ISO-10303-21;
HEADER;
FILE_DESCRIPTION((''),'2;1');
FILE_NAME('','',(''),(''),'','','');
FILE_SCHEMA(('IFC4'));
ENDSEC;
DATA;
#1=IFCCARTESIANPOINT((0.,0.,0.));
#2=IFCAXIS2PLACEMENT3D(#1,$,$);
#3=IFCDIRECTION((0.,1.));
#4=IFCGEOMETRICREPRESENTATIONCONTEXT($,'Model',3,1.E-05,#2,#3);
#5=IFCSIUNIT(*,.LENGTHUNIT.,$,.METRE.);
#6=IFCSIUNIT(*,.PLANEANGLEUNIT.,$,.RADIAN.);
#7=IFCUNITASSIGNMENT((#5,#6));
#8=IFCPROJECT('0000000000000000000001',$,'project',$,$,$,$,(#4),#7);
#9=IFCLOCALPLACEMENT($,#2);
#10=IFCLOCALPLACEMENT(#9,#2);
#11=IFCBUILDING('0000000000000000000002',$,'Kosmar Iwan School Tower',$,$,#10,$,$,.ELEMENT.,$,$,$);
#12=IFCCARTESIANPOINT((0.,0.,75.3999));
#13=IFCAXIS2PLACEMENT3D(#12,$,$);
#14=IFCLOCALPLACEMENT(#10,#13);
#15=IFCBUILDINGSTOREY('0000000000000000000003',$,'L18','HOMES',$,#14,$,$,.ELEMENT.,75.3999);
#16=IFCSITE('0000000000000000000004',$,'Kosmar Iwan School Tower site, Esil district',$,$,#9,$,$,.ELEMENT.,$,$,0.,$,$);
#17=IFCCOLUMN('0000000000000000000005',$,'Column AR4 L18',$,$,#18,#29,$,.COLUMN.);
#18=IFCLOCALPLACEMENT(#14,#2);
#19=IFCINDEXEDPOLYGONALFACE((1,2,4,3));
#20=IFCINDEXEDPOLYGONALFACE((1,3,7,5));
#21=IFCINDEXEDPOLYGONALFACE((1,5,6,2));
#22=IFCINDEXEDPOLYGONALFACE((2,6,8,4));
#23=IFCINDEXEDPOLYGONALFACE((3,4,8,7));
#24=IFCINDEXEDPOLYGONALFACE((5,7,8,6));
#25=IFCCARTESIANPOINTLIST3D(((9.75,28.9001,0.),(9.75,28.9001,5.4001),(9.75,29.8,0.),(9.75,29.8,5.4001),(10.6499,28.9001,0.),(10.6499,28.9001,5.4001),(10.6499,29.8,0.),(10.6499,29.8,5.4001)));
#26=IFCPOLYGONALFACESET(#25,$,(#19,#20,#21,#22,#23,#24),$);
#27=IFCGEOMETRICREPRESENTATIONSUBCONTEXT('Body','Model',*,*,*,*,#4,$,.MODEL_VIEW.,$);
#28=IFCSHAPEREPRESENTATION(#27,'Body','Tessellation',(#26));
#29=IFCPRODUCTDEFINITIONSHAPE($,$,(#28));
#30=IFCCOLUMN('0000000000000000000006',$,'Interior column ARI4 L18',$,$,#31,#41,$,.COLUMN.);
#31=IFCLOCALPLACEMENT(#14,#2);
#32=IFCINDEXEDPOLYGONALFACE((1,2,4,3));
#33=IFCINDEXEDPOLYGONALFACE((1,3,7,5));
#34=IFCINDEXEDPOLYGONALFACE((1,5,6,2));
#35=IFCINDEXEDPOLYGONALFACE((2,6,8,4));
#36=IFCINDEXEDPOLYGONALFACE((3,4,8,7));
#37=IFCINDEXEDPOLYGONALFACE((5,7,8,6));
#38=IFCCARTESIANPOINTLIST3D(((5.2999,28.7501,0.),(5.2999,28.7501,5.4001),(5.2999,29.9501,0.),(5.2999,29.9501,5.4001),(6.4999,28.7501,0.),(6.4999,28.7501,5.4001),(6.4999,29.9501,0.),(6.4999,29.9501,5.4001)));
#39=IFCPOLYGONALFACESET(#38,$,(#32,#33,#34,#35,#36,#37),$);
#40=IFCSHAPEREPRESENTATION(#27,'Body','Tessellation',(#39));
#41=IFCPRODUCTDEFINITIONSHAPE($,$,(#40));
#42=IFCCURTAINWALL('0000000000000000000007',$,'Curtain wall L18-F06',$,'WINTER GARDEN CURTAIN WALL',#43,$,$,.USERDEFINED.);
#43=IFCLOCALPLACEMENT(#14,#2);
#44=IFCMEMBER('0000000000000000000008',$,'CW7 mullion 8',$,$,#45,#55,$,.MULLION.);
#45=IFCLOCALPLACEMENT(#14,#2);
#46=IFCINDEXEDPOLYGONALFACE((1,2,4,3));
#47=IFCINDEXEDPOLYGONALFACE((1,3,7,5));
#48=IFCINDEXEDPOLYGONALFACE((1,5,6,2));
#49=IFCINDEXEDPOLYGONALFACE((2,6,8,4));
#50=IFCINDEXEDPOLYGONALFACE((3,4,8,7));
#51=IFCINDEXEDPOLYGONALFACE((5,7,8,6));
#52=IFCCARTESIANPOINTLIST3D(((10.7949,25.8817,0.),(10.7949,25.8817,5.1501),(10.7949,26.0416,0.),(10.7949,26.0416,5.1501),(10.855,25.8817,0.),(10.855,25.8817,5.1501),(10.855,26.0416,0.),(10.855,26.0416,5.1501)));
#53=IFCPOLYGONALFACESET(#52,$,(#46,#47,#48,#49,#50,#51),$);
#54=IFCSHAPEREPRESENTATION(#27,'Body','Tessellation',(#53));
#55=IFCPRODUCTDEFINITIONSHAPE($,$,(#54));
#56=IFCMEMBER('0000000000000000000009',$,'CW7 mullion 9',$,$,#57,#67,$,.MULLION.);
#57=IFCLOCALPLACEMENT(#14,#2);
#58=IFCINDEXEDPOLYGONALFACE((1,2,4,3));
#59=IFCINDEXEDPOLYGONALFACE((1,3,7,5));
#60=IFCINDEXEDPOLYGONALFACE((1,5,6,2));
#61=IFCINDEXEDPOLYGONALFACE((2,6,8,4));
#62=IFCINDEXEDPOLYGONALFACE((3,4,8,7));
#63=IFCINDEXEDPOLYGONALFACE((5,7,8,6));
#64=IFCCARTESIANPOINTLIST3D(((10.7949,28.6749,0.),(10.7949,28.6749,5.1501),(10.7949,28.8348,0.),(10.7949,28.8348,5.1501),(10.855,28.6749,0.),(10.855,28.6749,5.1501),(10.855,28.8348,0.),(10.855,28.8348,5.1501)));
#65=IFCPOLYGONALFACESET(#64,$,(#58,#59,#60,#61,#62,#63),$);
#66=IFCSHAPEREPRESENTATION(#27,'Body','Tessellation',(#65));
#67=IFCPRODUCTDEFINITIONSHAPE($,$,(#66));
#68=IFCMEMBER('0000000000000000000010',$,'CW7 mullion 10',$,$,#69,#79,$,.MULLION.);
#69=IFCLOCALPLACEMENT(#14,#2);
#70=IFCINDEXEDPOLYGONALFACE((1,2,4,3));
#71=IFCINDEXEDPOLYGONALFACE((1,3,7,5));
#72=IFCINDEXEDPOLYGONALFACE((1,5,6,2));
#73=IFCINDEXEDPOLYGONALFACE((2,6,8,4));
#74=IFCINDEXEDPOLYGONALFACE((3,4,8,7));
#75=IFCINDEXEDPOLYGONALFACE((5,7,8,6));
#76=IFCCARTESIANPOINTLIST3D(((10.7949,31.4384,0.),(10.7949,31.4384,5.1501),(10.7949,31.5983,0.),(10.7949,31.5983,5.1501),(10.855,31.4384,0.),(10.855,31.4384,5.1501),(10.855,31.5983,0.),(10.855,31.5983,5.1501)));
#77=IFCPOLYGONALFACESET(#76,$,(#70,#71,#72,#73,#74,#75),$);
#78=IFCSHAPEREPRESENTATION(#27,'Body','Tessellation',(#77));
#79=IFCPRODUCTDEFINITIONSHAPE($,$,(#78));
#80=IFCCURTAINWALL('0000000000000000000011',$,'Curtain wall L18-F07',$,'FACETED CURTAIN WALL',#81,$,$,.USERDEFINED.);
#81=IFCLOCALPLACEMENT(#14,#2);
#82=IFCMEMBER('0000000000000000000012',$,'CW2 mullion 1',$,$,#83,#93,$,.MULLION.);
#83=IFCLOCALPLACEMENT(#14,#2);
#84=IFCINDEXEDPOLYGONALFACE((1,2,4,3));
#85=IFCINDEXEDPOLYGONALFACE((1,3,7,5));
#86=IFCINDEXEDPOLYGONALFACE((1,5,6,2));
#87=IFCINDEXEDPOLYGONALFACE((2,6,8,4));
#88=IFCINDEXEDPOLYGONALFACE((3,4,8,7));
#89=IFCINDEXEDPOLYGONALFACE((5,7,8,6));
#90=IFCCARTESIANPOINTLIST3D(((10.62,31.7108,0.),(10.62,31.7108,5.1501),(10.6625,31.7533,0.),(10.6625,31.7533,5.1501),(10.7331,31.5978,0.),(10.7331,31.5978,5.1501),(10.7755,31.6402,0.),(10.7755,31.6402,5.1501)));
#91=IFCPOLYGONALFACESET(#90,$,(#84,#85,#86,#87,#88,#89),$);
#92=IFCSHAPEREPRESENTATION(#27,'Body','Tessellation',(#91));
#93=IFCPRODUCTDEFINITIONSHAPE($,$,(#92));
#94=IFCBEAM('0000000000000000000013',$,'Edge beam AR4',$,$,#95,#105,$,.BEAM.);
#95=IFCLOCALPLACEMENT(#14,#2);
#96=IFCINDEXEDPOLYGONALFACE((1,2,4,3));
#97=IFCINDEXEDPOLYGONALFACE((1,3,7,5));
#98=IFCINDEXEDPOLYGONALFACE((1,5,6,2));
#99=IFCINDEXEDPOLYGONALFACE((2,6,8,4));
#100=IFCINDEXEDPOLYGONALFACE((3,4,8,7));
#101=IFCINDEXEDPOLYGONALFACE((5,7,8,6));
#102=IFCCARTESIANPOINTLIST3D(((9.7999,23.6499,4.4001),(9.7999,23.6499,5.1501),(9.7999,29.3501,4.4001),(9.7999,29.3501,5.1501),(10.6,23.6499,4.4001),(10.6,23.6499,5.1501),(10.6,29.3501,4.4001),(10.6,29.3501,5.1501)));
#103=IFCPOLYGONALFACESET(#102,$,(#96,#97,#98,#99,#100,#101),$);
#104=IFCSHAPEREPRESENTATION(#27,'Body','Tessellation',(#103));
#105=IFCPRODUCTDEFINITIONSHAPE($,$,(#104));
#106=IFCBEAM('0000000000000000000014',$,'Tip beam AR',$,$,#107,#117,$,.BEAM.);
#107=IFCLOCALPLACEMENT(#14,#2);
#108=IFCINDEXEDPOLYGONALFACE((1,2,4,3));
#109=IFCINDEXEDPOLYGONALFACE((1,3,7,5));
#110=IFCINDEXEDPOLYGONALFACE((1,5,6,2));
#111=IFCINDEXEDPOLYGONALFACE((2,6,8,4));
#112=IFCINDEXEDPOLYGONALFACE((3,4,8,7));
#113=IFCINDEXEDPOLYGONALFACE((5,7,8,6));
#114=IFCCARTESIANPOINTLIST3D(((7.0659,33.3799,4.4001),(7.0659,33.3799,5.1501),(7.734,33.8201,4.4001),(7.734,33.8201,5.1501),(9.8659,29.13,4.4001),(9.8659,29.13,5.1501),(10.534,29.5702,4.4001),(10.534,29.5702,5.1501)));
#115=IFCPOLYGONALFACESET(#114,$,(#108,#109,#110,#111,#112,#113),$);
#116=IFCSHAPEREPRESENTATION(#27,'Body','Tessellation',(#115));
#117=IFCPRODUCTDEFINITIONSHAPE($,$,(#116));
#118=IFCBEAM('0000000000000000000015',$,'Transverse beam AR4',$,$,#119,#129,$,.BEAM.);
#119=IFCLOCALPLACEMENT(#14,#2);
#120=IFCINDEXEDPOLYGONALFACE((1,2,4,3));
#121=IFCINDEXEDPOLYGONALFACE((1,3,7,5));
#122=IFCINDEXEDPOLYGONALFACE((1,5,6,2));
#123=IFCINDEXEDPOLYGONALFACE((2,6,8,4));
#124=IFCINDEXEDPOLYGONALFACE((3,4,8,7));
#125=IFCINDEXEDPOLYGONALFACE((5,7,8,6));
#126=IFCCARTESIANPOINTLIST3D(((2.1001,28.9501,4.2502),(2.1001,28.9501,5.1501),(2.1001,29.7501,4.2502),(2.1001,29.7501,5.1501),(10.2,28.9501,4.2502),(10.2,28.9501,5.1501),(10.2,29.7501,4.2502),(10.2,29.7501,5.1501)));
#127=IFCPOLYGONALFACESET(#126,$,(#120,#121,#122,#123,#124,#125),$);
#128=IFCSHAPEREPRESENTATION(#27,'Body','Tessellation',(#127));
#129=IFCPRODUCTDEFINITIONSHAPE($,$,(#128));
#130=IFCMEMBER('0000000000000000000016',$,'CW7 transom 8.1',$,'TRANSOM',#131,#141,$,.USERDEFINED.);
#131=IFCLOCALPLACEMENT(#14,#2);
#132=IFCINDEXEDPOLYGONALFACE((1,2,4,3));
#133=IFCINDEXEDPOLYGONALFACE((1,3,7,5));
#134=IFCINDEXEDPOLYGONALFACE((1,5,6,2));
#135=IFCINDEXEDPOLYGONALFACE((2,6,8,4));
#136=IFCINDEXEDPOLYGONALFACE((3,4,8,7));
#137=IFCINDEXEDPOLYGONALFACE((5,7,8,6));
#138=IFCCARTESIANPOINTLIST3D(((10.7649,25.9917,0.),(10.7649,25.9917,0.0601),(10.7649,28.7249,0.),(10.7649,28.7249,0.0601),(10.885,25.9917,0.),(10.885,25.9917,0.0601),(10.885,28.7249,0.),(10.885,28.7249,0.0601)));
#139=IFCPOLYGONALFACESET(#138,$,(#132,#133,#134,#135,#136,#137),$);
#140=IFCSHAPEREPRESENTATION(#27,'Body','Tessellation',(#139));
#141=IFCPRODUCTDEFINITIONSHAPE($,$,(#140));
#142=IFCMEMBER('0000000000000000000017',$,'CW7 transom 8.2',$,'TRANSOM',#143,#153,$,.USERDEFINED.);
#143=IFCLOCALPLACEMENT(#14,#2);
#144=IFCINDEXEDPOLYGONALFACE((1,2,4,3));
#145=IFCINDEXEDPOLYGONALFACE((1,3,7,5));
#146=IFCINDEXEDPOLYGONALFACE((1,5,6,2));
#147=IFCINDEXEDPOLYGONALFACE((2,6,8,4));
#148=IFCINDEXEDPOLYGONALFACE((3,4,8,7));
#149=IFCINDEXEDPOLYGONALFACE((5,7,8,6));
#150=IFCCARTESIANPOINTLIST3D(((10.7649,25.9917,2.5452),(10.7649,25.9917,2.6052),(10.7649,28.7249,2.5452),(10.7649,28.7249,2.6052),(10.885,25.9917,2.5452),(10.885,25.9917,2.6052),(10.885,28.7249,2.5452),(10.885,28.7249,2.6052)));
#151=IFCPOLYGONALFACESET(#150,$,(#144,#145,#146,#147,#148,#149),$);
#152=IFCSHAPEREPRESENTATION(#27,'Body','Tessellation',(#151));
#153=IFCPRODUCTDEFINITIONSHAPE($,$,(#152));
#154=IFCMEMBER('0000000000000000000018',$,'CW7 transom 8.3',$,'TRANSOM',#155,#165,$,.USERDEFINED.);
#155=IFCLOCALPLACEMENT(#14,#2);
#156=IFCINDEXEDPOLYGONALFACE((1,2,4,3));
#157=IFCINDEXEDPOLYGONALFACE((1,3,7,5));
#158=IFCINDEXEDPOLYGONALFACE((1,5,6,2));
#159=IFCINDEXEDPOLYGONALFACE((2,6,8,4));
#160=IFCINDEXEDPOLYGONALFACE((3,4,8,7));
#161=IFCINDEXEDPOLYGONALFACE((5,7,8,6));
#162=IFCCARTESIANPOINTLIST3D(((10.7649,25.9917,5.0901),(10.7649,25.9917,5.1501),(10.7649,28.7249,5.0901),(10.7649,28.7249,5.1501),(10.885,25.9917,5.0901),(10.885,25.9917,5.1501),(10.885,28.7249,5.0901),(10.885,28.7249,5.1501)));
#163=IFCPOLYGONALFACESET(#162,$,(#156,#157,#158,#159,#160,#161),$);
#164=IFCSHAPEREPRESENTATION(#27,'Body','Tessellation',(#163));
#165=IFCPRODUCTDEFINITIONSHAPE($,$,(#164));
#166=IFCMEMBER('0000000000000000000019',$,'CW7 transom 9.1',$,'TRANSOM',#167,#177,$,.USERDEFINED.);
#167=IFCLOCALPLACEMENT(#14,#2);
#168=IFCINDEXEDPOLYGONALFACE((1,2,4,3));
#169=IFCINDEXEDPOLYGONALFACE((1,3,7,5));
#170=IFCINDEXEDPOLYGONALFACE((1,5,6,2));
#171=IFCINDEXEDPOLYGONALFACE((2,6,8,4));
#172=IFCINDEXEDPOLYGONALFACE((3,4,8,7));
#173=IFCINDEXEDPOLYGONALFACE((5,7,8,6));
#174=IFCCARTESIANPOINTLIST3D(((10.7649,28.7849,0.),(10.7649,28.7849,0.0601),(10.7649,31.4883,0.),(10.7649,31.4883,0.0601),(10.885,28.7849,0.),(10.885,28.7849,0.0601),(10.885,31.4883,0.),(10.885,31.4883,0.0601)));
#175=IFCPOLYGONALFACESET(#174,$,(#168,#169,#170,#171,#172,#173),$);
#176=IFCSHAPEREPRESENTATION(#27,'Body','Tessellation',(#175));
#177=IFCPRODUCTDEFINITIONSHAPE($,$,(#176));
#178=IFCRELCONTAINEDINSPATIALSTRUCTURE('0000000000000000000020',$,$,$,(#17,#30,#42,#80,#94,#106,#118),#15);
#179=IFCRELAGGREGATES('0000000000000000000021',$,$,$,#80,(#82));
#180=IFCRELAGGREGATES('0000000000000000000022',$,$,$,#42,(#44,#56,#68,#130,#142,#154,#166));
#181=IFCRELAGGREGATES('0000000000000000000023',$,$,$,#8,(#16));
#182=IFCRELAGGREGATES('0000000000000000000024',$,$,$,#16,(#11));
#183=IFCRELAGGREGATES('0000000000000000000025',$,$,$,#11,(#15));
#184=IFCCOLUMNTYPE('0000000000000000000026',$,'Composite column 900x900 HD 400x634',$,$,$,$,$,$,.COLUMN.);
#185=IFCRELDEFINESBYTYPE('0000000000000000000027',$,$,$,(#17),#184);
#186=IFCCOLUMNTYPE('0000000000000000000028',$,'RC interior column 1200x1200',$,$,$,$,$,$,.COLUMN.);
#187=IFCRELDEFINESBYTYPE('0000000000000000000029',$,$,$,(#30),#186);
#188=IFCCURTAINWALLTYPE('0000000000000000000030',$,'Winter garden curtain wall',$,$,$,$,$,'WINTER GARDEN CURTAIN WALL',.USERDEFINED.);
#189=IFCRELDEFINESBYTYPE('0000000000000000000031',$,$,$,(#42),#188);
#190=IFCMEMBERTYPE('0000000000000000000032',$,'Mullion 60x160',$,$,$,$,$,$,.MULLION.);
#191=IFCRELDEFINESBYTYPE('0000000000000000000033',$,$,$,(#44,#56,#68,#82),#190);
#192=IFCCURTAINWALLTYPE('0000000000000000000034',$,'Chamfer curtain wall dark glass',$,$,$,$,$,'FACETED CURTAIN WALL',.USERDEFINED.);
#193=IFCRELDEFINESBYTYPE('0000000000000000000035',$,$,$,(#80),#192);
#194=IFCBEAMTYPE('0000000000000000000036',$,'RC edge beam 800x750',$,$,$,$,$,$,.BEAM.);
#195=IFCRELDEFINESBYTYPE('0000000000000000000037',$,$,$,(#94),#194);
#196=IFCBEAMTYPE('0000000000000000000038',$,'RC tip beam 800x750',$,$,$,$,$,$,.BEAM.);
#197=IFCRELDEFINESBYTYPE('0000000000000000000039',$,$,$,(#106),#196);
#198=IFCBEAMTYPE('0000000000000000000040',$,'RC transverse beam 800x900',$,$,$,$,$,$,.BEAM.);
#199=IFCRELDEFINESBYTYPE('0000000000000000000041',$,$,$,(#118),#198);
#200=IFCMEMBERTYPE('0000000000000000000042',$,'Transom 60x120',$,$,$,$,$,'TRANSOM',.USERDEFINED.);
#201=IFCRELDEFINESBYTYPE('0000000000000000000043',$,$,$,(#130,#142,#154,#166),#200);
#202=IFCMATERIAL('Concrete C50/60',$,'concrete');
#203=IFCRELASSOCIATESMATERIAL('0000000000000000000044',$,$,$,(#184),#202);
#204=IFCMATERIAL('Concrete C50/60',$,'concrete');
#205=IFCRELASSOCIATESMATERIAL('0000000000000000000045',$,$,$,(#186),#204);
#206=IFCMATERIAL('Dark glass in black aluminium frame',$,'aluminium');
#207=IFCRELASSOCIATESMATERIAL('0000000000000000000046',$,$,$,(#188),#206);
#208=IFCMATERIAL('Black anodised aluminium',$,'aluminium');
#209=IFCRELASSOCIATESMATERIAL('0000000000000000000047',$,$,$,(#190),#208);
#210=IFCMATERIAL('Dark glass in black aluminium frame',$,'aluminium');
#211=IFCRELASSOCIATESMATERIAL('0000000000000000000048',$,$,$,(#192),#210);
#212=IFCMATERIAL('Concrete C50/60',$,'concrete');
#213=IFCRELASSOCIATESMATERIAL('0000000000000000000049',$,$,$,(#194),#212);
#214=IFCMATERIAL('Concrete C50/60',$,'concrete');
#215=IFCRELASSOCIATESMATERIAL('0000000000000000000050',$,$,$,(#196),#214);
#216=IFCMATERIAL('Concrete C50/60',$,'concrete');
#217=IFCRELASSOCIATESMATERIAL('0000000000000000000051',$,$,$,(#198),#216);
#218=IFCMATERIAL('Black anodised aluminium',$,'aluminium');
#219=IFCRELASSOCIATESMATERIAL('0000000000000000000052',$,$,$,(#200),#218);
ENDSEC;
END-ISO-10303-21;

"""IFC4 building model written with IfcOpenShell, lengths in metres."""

from ifc_helpers import new_model, si_unit, direction, frame, origin, origin_2d, place, context, subcontext, project, spatial, rectangle, extrude, material, material_profile, profile_set, type_object, element, aggregate, save


model = new_model("IFC4")

# Units and contexts
model_context = context("Model", 3, precision=1e-05, world=origin(), true_north=direction((0.0, 1.0)))
body_context = subcontext(model_context, "Body", "Model", "MODEL_VIEW")
ifc_project = project(units=[si_unit("LENGTHUNIT", "METRE"), si_unit("PLANEANGLEUNIT", "RADIAN")], contexts=[model_context])

# Site, building, storey
site_placement = place(None, origin())
site = spatial("IfcSite", under=ifc_project, at=site_placement, Name="Kosmar Iwan School Tower site, Esil district", CompositionType="ELEMENT", RefElevation=0.0)
building_placement = place(site_placement, origin())
building = spatial("IfcBuilding", under=site, at=building_placement, Name="Kosmar Iwan School Tower", CompositionType="ELEMENT")
storey_placement = place(building_placement, frame((0.0, 0.0, 75.3999)))
storey = spatial("IfcBuildingStorey", under=building, at=storey_placement, Name="L18", Description="HOMES", CompositionType="ELEMENT", Elevation=75.3999)

# Columns
ifc_material_1 = material(Name="Concrete C50/60", Category="concrete")
ifc_material_profile_1 = material_profile(ifc_material_1, rectangle(XDim=0.8999, YDim=0.8999, at=origin_2d()), Name="RC 900x900 + HD 400x634")
ifc_profile_set_1 = profile_set([ifc_material_profile_1], Name="Concrete C50/60")
column_type_1 = type_object("IfcColumnType", Name="Composite column 900x900 HD 400x634", PredefinedType="COLUMN", material=ifc_profile_set_1)
column_1_placement = place(storey_placement, frame((10.2, 29.3501, 0.0), z_axis=(0.0, 0.0, 1.0), x_axis=(0.0, 1.0, 0.0)))
element("IfcColumn", 1, at=column_1_placement, inside=storey, type_object=column_type_1, Name="Column AR4 L18", PredefinedType="COLUMN", context=body_context, shape_type="SweptSolid", body=[
    extrude(rectangle(XDim=0.8999, YDim=0.8999, at=origin_2d()), origin(), (0.0, 0.0, 1.0), 5.4001),
])
ifc_material_2 = material(Name="Concrete C50/60", Category="concrete")
ifc_material_profile_2 = material_profile(ifc_material_2, rectangle(XDim=1.2, YDim=1.2, at=origin_2d()), Name="RC 1200x1200")
ifc_profile_set_2 = profile_set([ifc_material_profile_2], Name="Concrete C50/60")
column_type_2 = type_object("IfcColumnType", Name="RC interior column 1200x1200", PredefinedType="COLUMN", material=ifc_profile_set_2)
column_2_placement = place(storey_placement, frame((5.8999, 29.3501, 0.0), z_axis=(0.0, 0.0, 1.0), x_axis=(0.0, 1.0, 0.0)))
element("IfcColumn", 2, at=column_2_placement, inside=storey, type_object=column_type_2, Name="Interior column ARI4 L18", PredefinedType="COLUMN", context=body_context, shape_type="SweptSolid", body=[
    extrude(rectangle(XDim=1.2, YDim=1.2, at=origin_2d()), origin(), (0.0, 0.0, 1.0), 5.4001),
])

# Curtain wall, members
ifc_material_3 = material(Name="Dark glass in black aluminium frame", Category="aluminium")
curtain_wall_type_1 = type_object("IfcCurtainWallType", Name="Winter garden curtain wall", ElementType="WINTER GARDEN CURTAIN WALL", PredefinedType="USERDEFINED", material=ifc_material_3)
curtain_wall_1_placement = place(storey_placement, origin())
curtain_wall_1 = element("IfcCurtainWall", 3, at=curtain_wall_1_placement, inside=storey, type_object=curtain_wall_type_1, Name="Curtain wall L18-F06", ObjectType="WINTER GARDEN CURTAIN WALL", PredefinedType="USERDEFINED")
ifc_material_4 = material(Name="Black anodised aluminium", Category="aluminium")
ifc_material_profile_3 = material_profile(ifc_material_4, rectangle(XDim=0.0601, YDim=0.1599, at=origin_2d()), Name="MULLION 60x160")
ifc_profile_set_3 = profile_set([ifc_material_profile_3], Name="Black anodised aluminium")
member_type_1 = type_object("IfcMemberType", Name="Mullion 60x160", PredefinedType="MULLION", material=ifc_profile_set_3)
member_1_placement = place(storey_placement, frame((10.825, 25.9617, 0.0), z_axis=(0.0, 0.0, 1.0), x_axis=(-1.0, 0.0, 0.0)))
member_1 = element("IfcMember", 4, at=member_1_placement, type_object=member_type_1, Name="CW7 mullion 8", PredefinedType="MULLION", context=body_context, shape_type="SweptSolid", body=[
    extrude(rectangle(XDim=0.0601, YDim=0.1599, at=origin_2d()), origin(), (0.0, 0.0, 1.0), 5.1501),
])
member_2_placement = place(storey_placement, frame((10.825, 28.7549, 0.0), z_axis=(0.0, 0.0, 1.0), x_axis=(-1.0, 0.0, 0.0)))
member_2 = element("IfcMember", 5, at=member_2_placement, type_object=member_type_1, Name="CW7 mullion 9", PredefinedType="MULLION", context=body_context, shape_type="SweptSolid", body=[
    extrude(rectangle(XDim=0.0601, YDim=0.1599, at=origin_2d()), origin(), (0.0, 0.0, 1.0), 5.1501),
])
member_3_placement = place(storey_placement, frame((10.825, 31.5183, 0.0), z_axis=(0.0, 0.0, 1.0), x_axis=(-1.0, 0.0, 0.0)))
member_3 = element("IfcMember", 6, at=member_3_placement, type_object=member_type_1, Name="CW7 mullion 10", PredefinedType="MULLION", context=body_context, shape_type="SweptSolid", body=[
    extrude(rectangle(XDim=0.0601, YDim=0.1599, at=origin_2d()), origin(), (0.0, 0.0, 1.0), 5.1501),
])

# Curtain wall, member
ifc_material_5 = material(Name="Dark glass in black aluminium frame", Category="aluminium")
curtain_wall_type_2 = type_object("IfcCurtainWallType", Name="Chamfer curtain wall dark glass", ElementType="FACETED CURTAIN WALL", PredefinedType="USERDEFINED", material=ifc_material_5)
curtain_wall_2_placement = place(storey_placement, origin())
curtain_wall_2 = element("IfcCurtainWall", 7, at=curtain_wall_2_placement, inside=storey, type_object=curtain_wall_type_2, Name="Curtain wall L18-F07", ObjectType="FACETED CURTAIN WALL", PredefinedType="USERDEFINED")
member_4_placement = place(storey_placement, frame((10.6978, 31.6755, 0.0), z_axis=(0.0, 0.0, 1.0), x_axis=(-0.707107, -0.707107, 0.0)))
member_4 = element("IfcMember", 8, at=member_4_placement, type_object=member_type_1, Name="CW2 mullion 1", PredefinedType="MULLION", context=body_context, shape_type="SweptSolid", body=[
    extrude(rectangle(XDim=0.0601, YDim=0.1599, at=origin_2d()), origin(), (0.0, 0.0, 1.0), 5.1501),
])

# Beams
ifc_material_6 = material(Name="Concrete C50/60", Category="concrete")
ifc_material_profile_4 = material_profile(ifc_material_6, rectangle(XDim=0.8, YDim=0.75, at=origin_2d()), Name="RC 800x750")
ifc_profile_set_4 = profile_set([ifc_material_profile_4], Name="Concrete C50/60")
beam_type_1 = type_object("IfcBeamType", Name="RC edge beam 800x750", PredefinedType="BEAM", material=ifc_profile_set_4)
beam_1_placement = place(storey_placement, frame((10.2, 23.6499, 4.7751), z_axis=(0.0, 1.0, 0.0), x_axis=(-1.0, 0.0, 0.0)))
element("IfcBeam", 9, at=beam_1_placement, inside=storey, type_object=beam_type_1, Name="Edge beam AR4", PredefinedType="BEAM", context=body_context, shape_type="SweptSolid", body=[
    extrude(rectangle(XDim=0.8, YDim=0.75, at=origin_2d()), origin(), (0.0, 0.0, 1.0), 5.7002),
])
ifc_material_7 = material(Name="Concrete C50/60", Category="concrete")
ifc_material_profile_5 = material_profile(ifc_material_7, rectangle(XDim=0.8, YDim=0.75, at=origin_2d()), Name="RC 800x750")
ifc_profile_set_5 = profile_set([ifc_material_profile_5], Name="Concrete C50/60")
beam_type_2 = type_object("IfcBeamType", Name="RC tip beam 800x750", PredefinedType="BEAM", material=ifc_profile_set_5)
beam_2_placement = place(storey_placement, frame((10.2, 29.3501, 4.7751), z_axis=(-0.550164, 0.835056, 0.0), x_axis=(-0.835056, -0.550164, 0.0)))
element("IfcBeam", 10, at=beam_2_placement, inside=storey, type_object=beam_type_2, Name="Tip beam AR", PredefinedType="BEAM", context=body_context, shape_type="SweptSolid", body=[
    extrude(rectangle(XDim=0.8, YDim=0.75, at=origin_2d()), origin(), (0.0, 0.0, 1.0), 5.0894),
])
ifc_material_8 = material(Name="Concrete C50/60", Category="concrete")
ifc_material_profile_6 = material_profile(ifc_material_8, rectangle(XDim=0.8, YDim=0.8999, at=origin_2d()), Name="RC 800x900")
ifc_profile_set_6 = profile_set([ifc_material_profile_6], Name="Concrete C50/60")
beam_type_3 = type_object("IfcBeamType", Name="RC transverse beam 800x900", PredefinedType="BEAM", material=ifc_profile_set_6)
beam_3_placement = place(storey_placement, frame((10.2, 29.3501, 4.7002), z_axis=(-1.0, 0.0, 0.0), x_axis=(0.0, -1.0, 0.0)))
element("IfcBeam", 11, at=beam_3_placement, inside=storey, type_object=beam_type_3, Name="Transverse beam AR4", PredefinedType="BEAM", context=body_context, shape_type="SweptSolid", body=[
    extrude(rectangle(XDim=0.8, YDim=0.8999, at=origin_2d()), origin(), (0.0, 0.0, 1.0), 8.0999),
])

# Members
ifc_material_9 = material(Name="Black anodised aluminium", Category="aluminium")
ifc_material_profile_7 = material_profile(ifc_material_9, rectangle(XDim=0.1201, YDim=0.0601, at=origin_2d()), Name="TRANSOM 60x120")
ifc_profile_set_7 = profile_set([ifc_material_profile_7], Name="Black anodised aluminium")
member_type_2 = type_object("IfcMemberType", Name="Transom 60x120", ElementType="TRANSOM", PredefinedType="USERDEFINED", material=ifc_profile_set_7)
member_5_placement = place(storey_placement, frame((10.825, 25.9917, 0.03), z_axis=(0.0, 1.0, 0.0), x_axis=(-1.0, 0.0, 0.0)))
member_5 = element("IfcMember", 12, at=member_5_placement, type_object=member_type_2, Name="CW7 transom 8.1", ObjectType="TRANSOM", PredefinedType="USERDEFINED", context=body_context, shape_type="SweptSolid", body=[
    extrude(rectangle(XDim=0.1201, YDim=0.0601, at=origin_2d()), origin(), (0.0, 0.0, 1.0), 2.7332),
])
member_6_placement = place(storey_placement, frame((10.825, 25.9917, 2.5752), z_axis=(0.0, 1.0, 0.0), x_axis=(-1.0, 0.0, 0.0)))
member_6 = element("IfcMember", 13, at=member_6_placement, type_object=member_type_2, Name="CW7 transom 8.2", ObjectType="TRANSOM", PredefinedType="USERDEFINED", context=body_context, shape_type="SweptSolid", body=[
    extrude(rectangle(XDim=0.1201, YDim=0.0601, at=origin_2d()), origin(), (0.0, 0.0, 1.0), 2.7332),
])
member_7_placement = place(storey_placement, frame((10.825, 25.9917, 5.1201), z_axis=(0.0, 1.0, 0.0), x_axis=(-1.0, 0.0, 0.0)))
member_7 = element("IfcMember", 14, at=member_7_placement, type_object=member_type_2, Name="CW7 transom 8.3", ObjectType="TRANSOM", PredefinedType="USERDEFINED", context=body_context, shape_type="SweptSolid", body=[
    extrude(rectangle(XDim=0.1201, YDim=0.0601, at=origin_2d()), origin(), (0.0, 0.0, 1.0), 2.7332),
])
member_8_placement = place(storey_placement, frame((10.825, 28.7849, 0.03), z_axis=(0.0, 1.0, 0.0), x_axis=(-1.0, 0.0, 0.0)))
member_8 = element("IfcMember", 15, at=member_8_placement, type_object=member_type_2, Name="CW7 transom 9.1", ObjectType="TRANSOM", PredefinedType="USERDEFINED", context=body_context, shape_type="SweptSolid", body=[
    extrude(rectangle(XDim=0.1201, YDim=0.0601, at=origin_2d()), origin(), (0.0, 0.0, 1.0), 2.7034),
])
aggregate(curtain_wall_2, [member_4])

aggregate(curtain_wall_1, [member_1, member_2, member_3, member_5, member_6, member_7, member_8])

save(model, "model.ifc")
